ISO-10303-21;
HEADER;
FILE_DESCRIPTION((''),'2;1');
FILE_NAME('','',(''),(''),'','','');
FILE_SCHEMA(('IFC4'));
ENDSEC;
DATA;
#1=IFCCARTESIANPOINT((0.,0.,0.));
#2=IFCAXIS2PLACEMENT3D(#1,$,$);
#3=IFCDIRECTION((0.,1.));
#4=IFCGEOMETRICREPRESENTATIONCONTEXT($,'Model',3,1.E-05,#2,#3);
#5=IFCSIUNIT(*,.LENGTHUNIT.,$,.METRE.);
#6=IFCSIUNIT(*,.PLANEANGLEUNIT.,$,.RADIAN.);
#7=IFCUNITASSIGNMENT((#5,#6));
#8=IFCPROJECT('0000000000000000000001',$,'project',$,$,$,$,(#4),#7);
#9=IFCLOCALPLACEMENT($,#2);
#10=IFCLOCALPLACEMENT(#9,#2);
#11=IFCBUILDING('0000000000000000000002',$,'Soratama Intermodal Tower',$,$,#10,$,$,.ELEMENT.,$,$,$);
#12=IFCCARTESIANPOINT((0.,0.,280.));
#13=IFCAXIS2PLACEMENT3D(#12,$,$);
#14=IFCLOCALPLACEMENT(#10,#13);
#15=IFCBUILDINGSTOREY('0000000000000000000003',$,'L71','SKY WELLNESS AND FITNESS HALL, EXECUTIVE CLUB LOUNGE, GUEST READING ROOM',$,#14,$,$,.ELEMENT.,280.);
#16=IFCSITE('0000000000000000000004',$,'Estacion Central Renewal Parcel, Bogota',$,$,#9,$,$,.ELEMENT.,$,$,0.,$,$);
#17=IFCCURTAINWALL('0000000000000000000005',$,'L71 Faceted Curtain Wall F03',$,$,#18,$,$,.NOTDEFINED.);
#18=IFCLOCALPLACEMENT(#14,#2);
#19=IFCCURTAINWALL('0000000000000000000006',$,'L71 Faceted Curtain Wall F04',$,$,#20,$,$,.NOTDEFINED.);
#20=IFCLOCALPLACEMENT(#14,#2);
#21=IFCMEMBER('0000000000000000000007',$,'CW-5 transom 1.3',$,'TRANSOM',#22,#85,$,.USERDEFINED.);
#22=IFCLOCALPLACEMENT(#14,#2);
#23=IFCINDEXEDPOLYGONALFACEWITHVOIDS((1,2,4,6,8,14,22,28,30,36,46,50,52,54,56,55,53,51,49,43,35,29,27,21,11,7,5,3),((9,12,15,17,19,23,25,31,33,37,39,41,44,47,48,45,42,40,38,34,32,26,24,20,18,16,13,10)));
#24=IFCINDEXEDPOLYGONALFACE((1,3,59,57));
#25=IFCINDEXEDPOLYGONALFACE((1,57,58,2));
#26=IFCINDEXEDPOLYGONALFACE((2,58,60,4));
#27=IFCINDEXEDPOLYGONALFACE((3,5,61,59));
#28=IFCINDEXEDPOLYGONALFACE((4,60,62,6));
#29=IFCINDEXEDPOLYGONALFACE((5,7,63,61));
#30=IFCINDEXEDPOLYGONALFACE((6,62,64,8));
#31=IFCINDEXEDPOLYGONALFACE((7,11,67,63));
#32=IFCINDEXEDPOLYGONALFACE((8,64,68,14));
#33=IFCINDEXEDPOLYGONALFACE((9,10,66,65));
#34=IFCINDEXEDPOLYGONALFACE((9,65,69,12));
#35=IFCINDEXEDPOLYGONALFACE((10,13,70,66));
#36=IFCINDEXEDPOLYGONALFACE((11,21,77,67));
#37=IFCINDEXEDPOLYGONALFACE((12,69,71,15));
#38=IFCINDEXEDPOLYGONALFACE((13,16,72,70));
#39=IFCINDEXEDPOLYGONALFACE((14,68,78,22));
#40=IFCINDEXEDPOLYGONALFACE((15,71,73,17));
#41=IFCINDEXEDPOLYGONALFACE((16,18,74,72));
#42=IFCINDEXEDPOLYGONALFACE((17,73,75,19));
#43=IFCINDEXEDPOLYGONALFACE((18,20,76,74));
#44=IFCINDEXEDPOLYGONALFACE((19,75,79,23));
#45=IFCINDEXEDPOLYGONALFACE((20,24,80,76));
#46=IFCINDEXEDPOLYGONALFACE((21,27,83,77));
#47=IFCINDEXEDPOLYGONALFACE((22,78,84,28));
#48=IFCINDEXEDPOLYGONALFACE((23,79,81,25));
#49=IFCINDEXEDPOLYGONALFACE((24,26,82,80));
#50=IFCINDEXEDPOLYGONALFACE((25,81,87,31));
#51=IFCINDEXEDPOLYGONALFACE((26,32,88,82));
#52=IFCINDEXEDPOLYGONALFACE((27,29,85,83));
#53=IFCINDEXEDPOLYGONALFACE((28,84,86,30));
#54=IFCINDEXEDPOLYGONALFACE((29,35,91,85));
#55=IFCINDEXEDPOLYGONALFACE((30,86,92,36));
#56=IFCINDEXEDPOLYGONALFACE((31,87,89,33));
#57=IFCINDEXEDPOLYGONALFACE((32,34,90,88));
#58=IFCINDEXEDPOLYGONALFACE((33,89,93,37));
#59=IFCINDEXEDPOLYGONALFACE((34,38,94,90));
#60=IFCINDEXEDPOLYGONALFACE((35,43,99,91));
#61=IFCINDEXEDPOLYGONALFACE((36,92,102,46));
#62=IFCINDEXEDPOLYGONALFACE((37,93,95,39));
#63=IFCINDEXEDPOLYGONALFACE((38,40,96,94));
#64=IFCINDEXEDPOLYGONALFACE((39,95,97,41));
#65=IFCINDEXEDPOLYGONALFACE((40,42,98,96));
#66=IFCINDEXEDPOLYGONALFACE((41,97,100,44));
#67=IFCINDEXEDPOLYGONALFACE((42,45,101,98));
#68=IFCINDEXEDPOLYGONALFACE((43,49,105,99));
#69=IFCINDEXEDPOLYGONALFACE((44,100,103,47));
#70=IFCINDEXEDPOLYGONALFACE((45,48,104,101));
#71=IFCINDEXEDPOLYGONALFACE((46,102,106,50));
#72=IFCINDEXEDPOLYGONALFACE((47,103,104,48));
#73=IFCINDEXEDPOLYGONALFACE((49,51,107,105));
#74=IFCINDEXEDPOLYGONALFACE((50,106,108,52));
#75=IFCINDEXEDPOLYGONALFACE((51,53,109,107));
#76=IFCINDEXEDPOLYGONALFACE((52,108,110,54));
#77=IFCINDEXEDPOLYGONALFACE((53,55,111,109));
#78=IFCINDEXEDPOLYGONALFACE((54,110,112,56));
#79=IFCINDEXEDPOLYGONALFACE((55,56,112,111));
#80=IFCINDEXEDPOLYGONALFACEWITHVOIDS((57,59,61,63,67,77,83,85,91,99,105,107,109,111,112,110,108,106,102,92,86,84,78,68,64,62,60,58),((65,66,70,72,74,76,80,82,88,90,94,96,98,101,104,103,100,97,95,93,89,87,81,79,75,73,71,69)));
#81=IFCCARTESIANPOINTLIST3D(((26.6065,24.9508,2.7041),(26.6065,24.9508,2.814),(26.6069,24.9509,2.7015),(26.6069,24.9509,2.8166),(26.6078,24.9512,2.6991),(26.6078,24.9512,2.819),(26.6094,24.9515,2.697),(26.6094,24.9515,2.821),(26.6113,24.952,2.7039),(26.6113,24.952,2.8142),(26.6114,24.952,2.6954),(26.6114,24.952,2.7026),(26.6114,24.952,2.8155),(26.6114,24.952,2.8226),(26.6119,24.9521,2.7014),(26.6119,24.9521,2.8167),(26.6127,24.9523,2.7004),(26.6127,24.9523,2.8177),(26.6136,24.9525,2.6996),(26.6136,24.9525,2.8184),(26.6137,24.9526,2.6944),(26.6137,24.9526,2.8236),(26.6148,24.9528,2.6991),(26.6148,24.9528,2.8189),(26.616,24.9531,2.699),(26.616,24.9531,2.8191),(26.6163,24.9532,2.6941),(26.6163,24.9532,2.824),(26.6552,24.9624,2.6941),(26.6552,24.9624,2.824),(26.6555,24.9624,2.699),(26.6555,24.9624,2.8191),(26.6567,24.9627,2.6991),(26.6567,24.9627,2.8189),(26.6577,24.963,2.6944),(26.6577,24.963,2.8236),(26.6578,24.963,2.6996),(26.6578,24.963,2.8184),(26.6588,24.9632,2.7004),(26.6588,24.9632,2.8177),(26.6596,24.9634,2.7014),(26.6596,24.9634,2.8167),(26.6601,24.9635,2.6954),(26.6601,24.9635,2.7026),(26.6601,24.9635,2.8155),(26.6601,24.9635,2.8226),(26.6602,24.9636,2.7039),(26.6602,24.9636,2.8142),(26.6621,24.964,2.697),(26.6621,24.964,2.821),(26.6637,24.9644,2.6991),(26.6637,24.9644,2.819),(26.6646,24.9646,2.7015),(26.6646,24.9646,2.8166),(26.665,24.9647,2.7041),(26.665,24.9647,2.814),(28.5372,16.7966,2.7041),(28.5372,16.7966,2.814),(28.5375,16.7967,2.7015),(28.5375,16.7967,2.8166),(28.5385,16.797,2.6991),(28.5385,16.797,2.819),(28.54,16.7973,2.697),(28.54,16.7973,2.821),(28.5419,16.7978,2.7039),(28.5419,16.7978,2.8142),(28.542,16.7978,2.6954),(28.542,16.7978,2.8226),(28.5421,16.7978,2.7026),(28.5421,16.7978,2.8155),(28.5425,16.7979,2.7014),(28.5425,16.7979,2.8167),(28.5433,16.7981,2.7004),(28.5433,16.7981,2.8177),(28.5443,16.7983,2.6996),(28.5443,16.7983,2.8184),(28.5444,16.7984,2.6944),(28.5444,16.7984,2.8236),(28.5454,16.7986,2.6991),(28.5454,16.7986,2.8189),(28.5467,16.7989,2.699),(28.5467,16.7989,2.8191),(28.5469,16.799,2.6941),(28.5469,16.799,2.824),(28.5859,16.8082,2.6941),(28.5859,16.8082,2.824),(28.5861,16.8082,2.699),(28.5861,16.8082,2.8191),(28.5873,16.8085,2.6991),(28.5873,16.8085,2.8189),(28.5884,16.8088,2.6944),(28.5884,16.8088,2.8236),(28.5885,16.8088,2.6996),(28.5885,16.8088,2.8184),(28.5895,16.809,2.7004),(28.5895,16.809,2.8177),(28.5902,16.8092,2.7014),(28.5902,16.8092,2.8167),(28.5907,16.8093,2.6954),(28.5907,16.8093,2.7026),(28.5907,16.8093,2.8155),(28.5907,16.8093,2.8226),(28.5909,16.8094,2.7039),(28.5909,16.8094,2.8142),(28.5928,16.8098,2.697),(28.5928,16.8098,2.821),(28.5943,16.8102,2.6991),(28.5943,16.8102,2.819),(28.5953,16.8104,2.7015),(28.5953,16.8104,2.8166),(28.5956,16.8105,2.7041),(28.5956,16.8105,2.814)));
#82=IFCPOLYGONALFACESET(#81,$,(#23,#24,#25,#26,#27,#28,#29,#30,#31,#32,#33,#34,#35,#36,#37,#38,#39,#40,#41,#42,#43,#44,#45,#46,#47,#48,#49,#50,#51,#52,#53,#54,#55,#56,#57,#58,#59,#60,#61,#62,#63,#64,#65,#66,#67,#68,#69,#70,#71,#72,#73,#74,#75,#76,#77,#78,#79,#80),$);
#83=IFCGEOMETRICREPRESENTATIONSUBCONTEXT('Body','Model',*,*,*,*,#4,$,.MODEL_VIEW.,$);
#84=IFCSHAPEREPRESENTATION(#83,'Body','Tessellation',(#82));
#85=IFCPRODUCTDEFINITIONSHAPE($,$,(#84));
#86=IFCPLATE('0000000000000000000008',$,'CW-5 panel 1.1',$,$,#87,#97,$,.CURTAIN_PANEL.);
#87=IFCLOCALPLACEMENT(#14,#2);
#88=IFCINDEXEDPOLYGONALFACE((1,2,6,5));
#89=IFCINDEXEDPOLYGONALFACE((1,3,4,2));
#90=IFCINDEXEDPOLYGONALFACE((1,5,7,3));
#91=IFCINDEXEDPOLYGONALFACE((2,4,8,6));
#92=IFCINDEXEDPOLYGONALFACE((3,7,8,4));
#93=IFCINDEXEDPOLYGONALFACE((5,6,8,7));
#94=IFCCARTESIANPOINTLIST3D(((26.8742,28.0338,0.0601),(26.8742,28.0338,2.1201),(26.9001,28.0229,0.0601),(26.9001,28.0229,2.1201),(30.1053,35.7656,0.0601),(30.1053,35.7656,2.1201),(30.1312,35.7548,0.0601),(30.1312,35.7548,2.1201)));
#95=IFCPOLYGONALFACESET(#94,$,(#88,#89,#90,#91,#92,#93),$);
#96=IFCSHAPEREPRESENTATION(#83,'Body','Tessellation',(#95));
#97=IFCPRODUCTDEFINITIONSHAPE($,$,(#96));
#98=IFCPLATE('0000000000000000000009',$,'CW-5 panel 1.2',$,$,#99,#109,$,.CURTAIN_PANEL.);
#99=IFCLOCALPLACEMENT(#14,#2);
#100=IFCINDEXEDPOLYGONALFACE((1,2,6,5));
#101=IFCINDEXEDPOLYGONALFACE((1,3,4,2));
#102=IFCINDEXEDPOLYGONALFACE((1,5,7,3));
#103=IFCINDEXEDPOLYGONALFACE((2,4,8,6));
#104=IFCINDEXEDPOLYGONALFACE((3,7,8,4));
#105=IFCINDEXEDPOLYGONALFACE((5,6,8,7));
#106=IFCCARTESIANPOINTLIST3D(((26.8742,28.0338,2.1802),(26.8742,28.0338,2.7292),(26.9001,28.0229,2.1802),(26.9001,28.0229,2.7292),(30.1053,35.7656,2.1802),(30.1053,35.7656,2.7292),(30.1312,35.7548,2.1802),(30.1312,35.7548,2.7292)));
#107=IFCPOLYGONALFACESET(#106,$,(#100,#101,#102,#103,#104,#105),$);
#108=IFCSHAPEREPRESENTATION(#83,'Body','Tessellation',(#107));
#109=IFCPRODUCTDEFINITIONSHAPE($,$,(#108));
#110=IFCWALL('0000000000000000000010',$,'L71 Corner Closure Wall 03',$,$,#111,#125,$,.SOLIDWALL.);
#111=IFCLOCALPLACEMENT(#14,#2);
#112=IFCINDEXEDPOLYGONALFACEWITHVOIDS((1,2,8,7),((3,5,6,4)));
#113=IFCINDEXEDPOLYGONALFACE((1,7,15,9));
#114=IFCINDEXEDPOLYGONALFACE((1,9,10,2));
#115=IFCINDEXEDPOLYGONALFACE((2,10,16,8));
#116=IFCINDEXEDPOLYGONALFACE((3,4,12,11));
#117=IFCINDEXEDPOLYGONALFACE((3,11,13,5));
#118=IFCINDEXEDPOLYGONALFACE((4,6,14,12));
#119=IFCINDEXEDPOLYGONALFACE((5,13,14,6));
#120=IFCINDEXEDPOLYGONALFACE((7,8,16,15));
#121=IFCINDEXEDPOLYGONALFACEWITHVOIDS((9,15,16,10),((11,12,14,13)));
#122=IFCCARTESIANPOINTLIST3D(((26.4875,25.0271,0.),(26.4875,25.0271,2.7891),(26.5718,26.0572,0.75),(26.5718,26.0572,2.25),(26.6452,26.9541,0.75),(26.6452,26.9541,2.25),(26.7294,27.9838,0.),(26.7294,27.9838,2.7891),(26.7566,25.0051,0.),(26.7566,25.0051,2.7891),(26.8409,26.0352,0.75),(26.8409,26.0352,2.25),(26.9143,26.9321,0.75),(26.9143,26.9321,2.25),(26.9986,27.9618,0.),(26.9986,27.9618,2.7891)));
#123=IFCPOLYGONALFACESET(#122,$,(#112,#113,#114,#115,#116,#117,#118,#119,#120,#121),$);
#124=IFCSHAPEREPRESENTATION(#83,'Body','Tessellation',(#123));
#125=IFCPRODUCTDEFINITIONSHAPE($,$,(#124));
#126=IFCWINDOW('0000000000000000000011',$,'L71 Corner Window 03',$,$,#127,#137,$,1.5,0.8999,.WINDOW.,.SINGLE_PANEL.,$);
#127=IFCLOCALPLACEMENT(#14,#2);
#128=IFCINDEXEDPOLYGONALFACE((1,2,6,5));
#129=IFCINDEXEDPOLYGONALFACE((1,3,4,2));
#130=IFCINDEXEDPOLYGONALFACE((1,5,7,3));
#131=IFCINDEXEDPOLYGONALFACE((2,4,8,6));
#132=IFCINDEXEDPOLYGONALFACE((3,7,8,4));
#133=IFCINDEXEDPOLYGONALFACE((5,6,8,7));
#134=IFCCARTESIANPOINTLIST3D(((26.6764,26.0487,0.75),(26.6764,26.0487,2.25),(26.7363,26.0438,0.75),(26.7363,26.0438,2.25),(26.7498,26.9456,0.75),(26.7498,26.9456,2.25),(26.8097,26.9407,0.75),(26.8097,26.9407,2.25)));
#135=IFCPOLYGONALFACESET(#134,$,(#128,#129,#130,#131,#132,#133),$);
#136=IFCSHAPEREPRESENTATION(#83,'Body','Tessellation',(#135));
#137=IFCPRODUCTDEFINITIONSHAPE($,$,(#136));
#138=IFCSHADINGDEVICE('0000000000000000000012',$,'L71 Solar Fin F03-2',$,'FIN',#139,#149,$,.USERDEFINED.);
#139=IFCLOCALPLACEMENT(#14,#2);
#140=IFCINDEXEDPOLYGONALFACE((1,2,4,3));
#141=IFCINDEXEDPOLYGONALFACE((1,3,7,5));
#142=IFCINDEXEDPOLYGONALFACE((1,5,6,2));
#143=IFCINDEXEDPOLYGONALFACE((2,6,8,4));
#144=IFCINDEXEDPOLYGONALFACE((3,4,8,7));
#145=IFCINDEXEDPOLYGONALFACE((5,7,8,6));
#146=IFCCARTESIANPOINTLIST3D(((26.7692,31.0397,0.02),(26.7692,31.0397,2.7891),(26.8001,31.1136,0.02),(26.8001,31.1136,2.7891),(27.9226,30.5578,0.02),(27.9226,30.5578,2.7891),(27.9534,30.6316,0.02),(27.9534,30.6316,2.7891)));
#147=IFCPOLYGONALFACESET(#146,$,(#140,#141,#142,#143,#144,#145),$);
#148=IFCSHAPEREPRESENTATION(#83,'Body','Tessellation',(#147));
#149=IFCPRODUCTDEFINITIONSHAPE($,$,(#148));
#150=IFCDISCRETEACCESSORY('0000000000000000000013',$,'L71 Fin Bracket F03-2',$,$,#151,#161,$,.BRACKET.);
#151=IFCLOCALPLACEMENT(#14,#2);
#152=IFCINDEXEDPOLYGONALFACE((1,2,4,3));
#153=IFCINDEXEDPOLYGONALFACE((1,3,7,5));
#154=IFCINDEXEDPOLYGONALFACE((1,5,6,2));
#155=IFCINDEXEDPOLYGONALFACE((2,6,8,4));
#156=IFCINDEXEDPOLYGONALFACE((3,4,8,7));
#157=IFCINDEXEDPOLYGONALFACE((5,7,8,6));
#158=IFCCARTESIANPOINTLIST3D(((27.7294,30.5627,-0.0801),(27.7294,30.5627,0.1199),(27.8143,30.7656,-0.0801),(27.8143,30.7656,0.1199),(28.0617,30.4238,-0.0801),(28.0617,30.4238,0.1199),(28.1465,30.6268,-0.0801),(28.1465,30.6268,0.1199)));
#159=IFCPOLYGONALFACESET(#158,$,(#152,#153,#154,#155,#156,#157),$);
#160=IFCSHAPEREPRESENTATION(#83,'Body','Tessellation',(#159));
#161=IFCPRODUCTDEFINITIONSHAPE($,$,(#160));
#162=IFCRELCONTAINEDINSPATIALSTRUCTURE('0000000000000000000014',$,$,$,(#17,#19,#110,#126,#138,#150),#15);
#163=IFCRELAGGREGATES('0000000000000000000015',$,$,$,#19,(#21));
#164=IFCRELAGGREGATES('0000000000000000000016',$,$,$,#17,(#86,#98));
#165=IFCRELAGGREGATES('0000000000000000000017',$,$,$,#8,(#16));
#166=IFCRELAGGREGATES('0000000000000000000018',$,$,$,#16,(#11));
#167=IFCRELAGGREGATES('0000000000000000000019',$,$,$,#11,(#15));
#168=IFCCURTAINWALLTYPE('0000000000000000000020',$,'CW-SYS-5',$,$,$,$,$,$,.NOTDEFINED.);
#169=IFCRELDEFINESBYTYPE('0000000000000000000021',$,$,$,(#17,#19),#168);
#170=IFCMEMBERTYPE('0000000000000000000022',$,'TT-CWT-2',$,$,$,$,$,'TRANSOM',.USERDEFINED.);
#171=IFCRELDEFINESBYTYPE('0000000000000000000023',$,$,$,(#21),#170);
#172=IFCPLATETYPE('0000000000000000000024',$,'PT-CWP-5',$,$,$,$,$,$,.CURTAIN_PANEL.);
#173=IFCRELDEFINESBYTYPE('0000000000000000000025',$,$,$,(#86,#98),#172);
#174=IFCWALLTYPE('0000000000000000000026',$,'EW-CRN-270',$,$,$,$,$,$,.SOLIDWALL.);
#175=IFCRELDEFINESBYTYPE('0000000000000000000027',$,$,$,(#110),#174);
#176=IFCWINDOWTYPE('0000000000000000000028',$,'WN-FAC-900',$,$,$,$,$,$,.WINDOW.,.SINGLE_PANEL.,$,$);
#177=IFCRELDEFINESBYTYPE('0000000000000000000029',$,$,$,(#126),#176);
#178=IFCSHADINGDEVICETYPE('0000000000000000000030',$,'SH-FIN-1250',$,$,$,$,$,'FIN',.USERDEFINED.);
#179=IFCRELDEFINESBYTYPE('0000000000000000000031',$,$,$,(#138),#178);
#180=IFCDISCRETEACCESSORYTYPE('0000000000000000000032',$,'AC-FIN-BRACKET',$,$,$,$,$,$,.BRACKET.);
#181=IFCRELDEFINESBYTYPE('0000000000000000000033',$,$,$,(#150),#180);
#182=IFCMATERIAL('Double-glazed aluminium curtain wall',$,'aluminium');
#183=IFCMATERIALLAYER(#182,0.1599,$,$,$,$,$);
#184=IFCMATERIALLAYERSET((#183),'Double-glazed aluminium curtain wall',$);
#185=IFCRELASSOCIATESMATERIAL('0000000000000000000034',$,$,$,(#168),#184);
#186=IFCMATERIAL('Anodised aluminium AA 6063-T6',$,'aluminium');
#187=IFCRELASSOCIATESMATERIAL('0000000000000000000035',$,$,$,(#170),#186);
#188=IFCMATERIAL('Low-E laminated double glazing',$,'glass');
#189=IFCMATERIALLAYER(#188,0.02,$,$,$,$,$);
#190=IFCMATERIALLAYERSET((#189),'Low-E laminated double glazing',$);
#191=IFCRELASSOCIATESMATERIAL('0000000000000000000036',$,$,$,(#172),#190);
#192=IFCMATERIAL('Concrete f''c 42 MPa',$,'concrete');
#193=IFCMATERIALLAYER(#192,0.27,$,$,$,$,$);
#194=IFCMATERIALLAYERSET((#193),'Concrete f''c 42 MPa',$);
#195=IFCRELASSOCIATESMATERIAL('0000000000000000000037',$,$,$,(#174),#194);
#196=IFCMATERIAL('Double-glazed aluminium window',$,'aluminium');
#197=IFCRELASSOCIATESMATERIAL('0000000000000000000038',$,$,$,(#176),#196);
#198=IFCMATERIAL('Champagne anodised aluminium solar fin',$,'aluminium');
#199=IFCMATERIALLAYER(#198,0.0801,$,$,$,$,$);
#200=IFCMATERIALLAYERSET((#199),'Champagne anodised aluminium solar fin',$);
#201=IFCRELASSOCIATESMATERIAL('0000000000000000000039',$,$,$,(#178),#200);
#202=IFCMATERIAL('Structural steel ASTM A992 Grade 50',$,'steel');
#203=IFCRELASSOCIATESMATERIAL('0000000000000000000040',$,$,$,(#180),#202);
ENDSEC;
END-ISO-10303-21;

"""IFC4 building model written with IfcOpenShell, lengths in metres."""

from ifc_helpers import new_model, si_unit, direction, frame, frame_2d, origin, origin_2d, place, context, subcontext, project, spatial, rectangle, hollow_rectangle, extrude, material, layer, layer_set, material_profile, profile_set, type_object, element, fill, aggregate, save


model = new_model("IFC4")

# Units and contexts
model_context = context("Model", 3, precision=1e-05, world=origin(), true_north=direction((0.0, 1.0)))
body_context = subcontext(model_context, "Body", "Model", "MODEL_VIEW")
ifc_project = project(units=[si_unit("LENGTHUNIT", "METRE"), si_unit("PLANEANGLEUNIT", "RADIAN")], contexts=[model_context])

# Site, building, storey
site_placement = place(None, origin())
site = spatial("IfcSite", under=ifc_project, at=site_placement, Name="Estacion Central Renewal Parcel, Bogota", CompositionType="ELEMENT", RefElevation=0.0)
building_placement = place(site_placement, origin())
building = spatial("IfcBuilding", under=site, at=building_placement, Name="Soratama Intermodal Tower", CompositionType="ELEMENT")
storey_placement = place(building_placement, frame((0.0, 0.0, 280.0)))
storey = spatial("IfcBuildingStorey", under=building, at=storey_placement, Name="L71", Description="SKY WELLNESS AND FITNESS HALL, EXECUTIVE CLUB LOUNGE, GUEST READING ROOM", CompositionType="ELEMENT", Elevation=280.0)

# Curtain wall
ifc_material_1 = material(Name="Double-glazed aluminium curtain wall", Category="aluminium")
ifc_layer_1 = layer(ifc_material_1, 0.1599)
ifc_layer_set_1 = layer_set([ifc_layer_1], Name="Double-glazed aluminium curtain wall")
curtain_wall_type = type_object("IfcCurtainWallType", Name="CW-SYS-5", PredefinedType="NOTDEFINED", material=ifc_layer_set_1)
curtain_wall_1_placement = place(storey_placement, origin())
curtain_wall_1 = element("IfcCurtainWall", 1, at=curtain_wall_1_placement, inside=storey, type_object=curtain_wall_type, Name="L71 Faceted Curtain Wall F03", PredefinedType="NOTDEFINED")

# Curtain wall, member
curtain_wall_2_placement = place(storey_placement, origin())
curtain_wall_2 = element("IfcCurtainWall", 2, at=curtain_wall_2_placement, inside=storey, type_object=curtain_wall_type, Name="L71 Faceted Curtain Wall F04", PredefinedType="NOTDEFINED")
ifc_material_2 = material(Name="Anodised aluminium AA 6063-T6", Category="aluminium")
ifc_material_profile_1 = material_profile(ifc_material_2, hollow_rectangle(XDim=0.0601, YDim=0.1299, WallThickness=0.0049, InnerFilletRadius=0.0049, OuterFilletRadius=0.01, at=origin_2d()), Name="CWT130X60X5")
ifc_profile_set_1 = profile_set([ifc_material_profile_1], Name="Anodised aluminium AA 6063-T6")
member_type_1 = type_object("IfcMemberType", Name="TT-CWT-2", ElementType="TRANSOM", PredefinedType="USERDEFINED", material=ifc_profile_set_1)
member_1_placement = place(storey_placement, frame((26.6357, 24.9578, 2.759), z_axis=(0.230397, -0.973097, 0.0), x_axis=(0.973097, 0.230397, 0.0)))
member_1 = element("IfcMember", 3, at=member_1_placement, type_object=member_type_1, Name="CW-5 transom 1.3", ObjectType="TRANSOM", PredefinedType="USERDEFINED", context=body_context, shape_type="SweptSolid", body=[
    extrude(hollow_rectangle(XDim=0.0601, YDim=0.1299, WallThickness=0.0049, InnerFilletRadius=0.0049, OuterFilletRadius=0.01, at=origin_2d()), origin(), (0.0, 0.0, 1.0), 8.3796),
])
aggregate(curtain_wall_2, [member_1])

# Plates
ifc_material_3 = material(Name="Low-E laminated double glazing", Category="glass")
ifc_layer_2 = layer(ifc_material_3, 0.02)
ifc_layer_set_2 = layer_set([ifc_layer_2], Name="Low-E laminated double glazing")
plate_type = type_object("IfcPlateType", Name="PT-CWP-5", PredefinedType="CURTAIN_PANEL", material=ifc_layer_set_2)
plate_1_placement = place(storey_placement, frame((28.5027, 31.8943, 0.0601), z_axis=(0.0, 0.0, 1.0), x_axis=(-0.385583, -0.922673, 0.0)))
plate_1 = element("IfcPlate", 4, at=plate_1_placement, type_object=plate_type, Name="CW-5 panel 1.1", PredefinedType="CURTAIN_PANEL", context=body_context, shape_type="SweptSolid", body=[
    extrude(rectangle(XDim=8.3799, YDim=0.0281, at=origin_2d()), origin(), (0.0, 0.0, 1.0), 2.0601),
])
plate_2_placement = place(storey_placement, frame((28.5027, 31.8943, 2.1802), z_axis=(0.0, 0.0, 1.0), x_axis=(-0.385583, -0.922673, 0.0)))
plate_2 = element("IfcPlate", 5, at=plate_2_placement, type_object=plate_type, Name="CW-5 panel 1.2", PredefinedType="CURTAIN_PANEL", context=body_context, shape_type="SweptSolid", body=[
    extrude(rectangle(XDim=8.3799, YDim=0.0281, at=origin_2d()), origin(), (0.0, 0.0, 1.0), 0.5491),
])
aggregate(curtain_wall_1, [plate_1, plate_2])

# Wall, opening, window
ifc_material_4 = material(Name="Concrete f'c 42 MPa", Category="concrete")
ifc_layer_3 = layer(ifc_material_4, 0.27)
ifc_layer_set_3 = layer_set([ifc_layer_3], Name="Concrete f'c 42 MPa")
wall_type = type_object("IfcWallType", Name="EW-CRN-270", PredefinedType="SOLIDWALL", material=ifc_layer_set_3)
wall_placement = place(storey_placement, frame((26.864, 27.9729, 0.0), z_axis=(0.0, 0.0, 1.0), x_axis=(-0.081554, -0.996669, 0.0)))
wall = element("IfcWall", 6, at=wall_placement, inside=storey, type_object=wall_type, Name="L71 Corner Closure Wall 03", PredefinedType="SOLIDWALL", context=body_context, shape_type="SweptSolid", body=[
    extrude(rectangle(XDim=2.9666, YDim=0.27, at=frame_2d((1.4834, 0.0))), origin(), (0.0, 0.0, 1.0), 2.7891),
])
opening_placement = place(wall_placement, frame((1.0332, 0.0, 0.75)))
opening = element("IfcOpeningElement", 7, at=opening_placement, cuts=wall, PredefinedType="OPENING", context=body_context, shape_type="SweptSolid", body=[
    extrude(rectangle(XDim=0.8999, YDim=1.5, at=frame_2d((0.45, 0.75))), frame((0.0, 0.145, 0.0), z_axis=(0.0, -1.0, 0.0), x_axis=(1.0, 0.0, 0.0)), (0.0, 0.0, 1.0), 0.29),
])
ifc_material_5 = material(Name="Double-glazed aluminium window", Category="aluminium")
window_type = type_object("IfcWindowType", Name="WN-FAC-900", PartitioningType="SINGLE_PANEL", PredefinedType="WINDOW", material=ifc_material_5)
window_placement = place(opening_placement, origin())
window = element("IfcWindow", 8, at=window_placement, inside=storey, type_object=window_type, Name="L71 Corner Window 03", OverallHeight=1.5, OverallWidth=0.8999, PartitioningType="SINGLE_PANEL", PredefinedType="WINDOW", context=body_context, shape_type="SweptSolid", body=[
    extrude(rectangle(XDim=0.8999, YDim=1.5, at=frame_2d((0.45, 0.75))), frame((0.0, 0.03, 0.0), z_axis=(0.0, -1.0, 0.0), x_axis=(1.0, 0.0, 0.0)), (0.0, 0.0, 1.0), 0.0601),
])
fill(opening, window)

# Shading device
ifc_material_6 = material(Name="Champagne anodised aluminium solar fin", Category="aluminium")
ifc_layer_4 = layer(ifc_material_6, 0.0801)
ifc_layer_set_4 = layer_set([ifc_layer_4], Name="Champagne anodised aluminium solar fin")
shading_device_type = type_object("IfcShadingDeviceType", Name="SH-FIN-1250", ElementType="FIN", PredefinedType="USERDEFINED", material=ifc_layer_set_4)
shading_device_placement = place(storey_placement, frame((27.3613, 30.8357, 0.02), z_axis=(0.0, 0.0, 1.0), x_axis=(-0.922673, 0.385584, 0.0)))
element("IfcShadingDevice", 9, at=shading_device_placement, inside=storey, type_object=shading_device_type, Name="L71 Solar Fin F03-2", ObjectType="FIN", PredefinedType="USERDEFINED", context=body_context, shape_type="SweptSolid", body=[
    extrude(rectangle(XDim=1.25, YDim=0.0801, at=origin_2d()), origin(), (0.0, 0.0, 1.0), 2.769),
])

# Discrete accessory
ifc_material_7 = material(Name="Structural steel ASTM A992 Grade 50", Category="steel")
discrete_accessory_type = type_object("IfcDiscreteAccessoryType", Name="AC-FIN-BRACKET", PredefinedType="BRACKET", material=ifc_material_7)
discrete_accessory_placement = place(storey_placement, frame((27.938, 30.5947, -0.0801), z_axis=(0.0, 0.0, 1.0), x_axis=(-0.922673, 0.385584, 0.0)))
element("IfcDiscreteAccessory", 10, at=discrete_accessory_placement, inside=storey, type_object=discrete_accessory_type, Name="L71 Fin Bracket F03-2", PredefinedType="BRACKET", context=body_context, shape_type="SweptSolid", body=[
    extrude(rectangle(XDim=0.3601, YDim=0.22, at=origin_2d()), origin(), (0.0, 0.0, 1.0), 0.2),
])

save(model, "model.ifc")
